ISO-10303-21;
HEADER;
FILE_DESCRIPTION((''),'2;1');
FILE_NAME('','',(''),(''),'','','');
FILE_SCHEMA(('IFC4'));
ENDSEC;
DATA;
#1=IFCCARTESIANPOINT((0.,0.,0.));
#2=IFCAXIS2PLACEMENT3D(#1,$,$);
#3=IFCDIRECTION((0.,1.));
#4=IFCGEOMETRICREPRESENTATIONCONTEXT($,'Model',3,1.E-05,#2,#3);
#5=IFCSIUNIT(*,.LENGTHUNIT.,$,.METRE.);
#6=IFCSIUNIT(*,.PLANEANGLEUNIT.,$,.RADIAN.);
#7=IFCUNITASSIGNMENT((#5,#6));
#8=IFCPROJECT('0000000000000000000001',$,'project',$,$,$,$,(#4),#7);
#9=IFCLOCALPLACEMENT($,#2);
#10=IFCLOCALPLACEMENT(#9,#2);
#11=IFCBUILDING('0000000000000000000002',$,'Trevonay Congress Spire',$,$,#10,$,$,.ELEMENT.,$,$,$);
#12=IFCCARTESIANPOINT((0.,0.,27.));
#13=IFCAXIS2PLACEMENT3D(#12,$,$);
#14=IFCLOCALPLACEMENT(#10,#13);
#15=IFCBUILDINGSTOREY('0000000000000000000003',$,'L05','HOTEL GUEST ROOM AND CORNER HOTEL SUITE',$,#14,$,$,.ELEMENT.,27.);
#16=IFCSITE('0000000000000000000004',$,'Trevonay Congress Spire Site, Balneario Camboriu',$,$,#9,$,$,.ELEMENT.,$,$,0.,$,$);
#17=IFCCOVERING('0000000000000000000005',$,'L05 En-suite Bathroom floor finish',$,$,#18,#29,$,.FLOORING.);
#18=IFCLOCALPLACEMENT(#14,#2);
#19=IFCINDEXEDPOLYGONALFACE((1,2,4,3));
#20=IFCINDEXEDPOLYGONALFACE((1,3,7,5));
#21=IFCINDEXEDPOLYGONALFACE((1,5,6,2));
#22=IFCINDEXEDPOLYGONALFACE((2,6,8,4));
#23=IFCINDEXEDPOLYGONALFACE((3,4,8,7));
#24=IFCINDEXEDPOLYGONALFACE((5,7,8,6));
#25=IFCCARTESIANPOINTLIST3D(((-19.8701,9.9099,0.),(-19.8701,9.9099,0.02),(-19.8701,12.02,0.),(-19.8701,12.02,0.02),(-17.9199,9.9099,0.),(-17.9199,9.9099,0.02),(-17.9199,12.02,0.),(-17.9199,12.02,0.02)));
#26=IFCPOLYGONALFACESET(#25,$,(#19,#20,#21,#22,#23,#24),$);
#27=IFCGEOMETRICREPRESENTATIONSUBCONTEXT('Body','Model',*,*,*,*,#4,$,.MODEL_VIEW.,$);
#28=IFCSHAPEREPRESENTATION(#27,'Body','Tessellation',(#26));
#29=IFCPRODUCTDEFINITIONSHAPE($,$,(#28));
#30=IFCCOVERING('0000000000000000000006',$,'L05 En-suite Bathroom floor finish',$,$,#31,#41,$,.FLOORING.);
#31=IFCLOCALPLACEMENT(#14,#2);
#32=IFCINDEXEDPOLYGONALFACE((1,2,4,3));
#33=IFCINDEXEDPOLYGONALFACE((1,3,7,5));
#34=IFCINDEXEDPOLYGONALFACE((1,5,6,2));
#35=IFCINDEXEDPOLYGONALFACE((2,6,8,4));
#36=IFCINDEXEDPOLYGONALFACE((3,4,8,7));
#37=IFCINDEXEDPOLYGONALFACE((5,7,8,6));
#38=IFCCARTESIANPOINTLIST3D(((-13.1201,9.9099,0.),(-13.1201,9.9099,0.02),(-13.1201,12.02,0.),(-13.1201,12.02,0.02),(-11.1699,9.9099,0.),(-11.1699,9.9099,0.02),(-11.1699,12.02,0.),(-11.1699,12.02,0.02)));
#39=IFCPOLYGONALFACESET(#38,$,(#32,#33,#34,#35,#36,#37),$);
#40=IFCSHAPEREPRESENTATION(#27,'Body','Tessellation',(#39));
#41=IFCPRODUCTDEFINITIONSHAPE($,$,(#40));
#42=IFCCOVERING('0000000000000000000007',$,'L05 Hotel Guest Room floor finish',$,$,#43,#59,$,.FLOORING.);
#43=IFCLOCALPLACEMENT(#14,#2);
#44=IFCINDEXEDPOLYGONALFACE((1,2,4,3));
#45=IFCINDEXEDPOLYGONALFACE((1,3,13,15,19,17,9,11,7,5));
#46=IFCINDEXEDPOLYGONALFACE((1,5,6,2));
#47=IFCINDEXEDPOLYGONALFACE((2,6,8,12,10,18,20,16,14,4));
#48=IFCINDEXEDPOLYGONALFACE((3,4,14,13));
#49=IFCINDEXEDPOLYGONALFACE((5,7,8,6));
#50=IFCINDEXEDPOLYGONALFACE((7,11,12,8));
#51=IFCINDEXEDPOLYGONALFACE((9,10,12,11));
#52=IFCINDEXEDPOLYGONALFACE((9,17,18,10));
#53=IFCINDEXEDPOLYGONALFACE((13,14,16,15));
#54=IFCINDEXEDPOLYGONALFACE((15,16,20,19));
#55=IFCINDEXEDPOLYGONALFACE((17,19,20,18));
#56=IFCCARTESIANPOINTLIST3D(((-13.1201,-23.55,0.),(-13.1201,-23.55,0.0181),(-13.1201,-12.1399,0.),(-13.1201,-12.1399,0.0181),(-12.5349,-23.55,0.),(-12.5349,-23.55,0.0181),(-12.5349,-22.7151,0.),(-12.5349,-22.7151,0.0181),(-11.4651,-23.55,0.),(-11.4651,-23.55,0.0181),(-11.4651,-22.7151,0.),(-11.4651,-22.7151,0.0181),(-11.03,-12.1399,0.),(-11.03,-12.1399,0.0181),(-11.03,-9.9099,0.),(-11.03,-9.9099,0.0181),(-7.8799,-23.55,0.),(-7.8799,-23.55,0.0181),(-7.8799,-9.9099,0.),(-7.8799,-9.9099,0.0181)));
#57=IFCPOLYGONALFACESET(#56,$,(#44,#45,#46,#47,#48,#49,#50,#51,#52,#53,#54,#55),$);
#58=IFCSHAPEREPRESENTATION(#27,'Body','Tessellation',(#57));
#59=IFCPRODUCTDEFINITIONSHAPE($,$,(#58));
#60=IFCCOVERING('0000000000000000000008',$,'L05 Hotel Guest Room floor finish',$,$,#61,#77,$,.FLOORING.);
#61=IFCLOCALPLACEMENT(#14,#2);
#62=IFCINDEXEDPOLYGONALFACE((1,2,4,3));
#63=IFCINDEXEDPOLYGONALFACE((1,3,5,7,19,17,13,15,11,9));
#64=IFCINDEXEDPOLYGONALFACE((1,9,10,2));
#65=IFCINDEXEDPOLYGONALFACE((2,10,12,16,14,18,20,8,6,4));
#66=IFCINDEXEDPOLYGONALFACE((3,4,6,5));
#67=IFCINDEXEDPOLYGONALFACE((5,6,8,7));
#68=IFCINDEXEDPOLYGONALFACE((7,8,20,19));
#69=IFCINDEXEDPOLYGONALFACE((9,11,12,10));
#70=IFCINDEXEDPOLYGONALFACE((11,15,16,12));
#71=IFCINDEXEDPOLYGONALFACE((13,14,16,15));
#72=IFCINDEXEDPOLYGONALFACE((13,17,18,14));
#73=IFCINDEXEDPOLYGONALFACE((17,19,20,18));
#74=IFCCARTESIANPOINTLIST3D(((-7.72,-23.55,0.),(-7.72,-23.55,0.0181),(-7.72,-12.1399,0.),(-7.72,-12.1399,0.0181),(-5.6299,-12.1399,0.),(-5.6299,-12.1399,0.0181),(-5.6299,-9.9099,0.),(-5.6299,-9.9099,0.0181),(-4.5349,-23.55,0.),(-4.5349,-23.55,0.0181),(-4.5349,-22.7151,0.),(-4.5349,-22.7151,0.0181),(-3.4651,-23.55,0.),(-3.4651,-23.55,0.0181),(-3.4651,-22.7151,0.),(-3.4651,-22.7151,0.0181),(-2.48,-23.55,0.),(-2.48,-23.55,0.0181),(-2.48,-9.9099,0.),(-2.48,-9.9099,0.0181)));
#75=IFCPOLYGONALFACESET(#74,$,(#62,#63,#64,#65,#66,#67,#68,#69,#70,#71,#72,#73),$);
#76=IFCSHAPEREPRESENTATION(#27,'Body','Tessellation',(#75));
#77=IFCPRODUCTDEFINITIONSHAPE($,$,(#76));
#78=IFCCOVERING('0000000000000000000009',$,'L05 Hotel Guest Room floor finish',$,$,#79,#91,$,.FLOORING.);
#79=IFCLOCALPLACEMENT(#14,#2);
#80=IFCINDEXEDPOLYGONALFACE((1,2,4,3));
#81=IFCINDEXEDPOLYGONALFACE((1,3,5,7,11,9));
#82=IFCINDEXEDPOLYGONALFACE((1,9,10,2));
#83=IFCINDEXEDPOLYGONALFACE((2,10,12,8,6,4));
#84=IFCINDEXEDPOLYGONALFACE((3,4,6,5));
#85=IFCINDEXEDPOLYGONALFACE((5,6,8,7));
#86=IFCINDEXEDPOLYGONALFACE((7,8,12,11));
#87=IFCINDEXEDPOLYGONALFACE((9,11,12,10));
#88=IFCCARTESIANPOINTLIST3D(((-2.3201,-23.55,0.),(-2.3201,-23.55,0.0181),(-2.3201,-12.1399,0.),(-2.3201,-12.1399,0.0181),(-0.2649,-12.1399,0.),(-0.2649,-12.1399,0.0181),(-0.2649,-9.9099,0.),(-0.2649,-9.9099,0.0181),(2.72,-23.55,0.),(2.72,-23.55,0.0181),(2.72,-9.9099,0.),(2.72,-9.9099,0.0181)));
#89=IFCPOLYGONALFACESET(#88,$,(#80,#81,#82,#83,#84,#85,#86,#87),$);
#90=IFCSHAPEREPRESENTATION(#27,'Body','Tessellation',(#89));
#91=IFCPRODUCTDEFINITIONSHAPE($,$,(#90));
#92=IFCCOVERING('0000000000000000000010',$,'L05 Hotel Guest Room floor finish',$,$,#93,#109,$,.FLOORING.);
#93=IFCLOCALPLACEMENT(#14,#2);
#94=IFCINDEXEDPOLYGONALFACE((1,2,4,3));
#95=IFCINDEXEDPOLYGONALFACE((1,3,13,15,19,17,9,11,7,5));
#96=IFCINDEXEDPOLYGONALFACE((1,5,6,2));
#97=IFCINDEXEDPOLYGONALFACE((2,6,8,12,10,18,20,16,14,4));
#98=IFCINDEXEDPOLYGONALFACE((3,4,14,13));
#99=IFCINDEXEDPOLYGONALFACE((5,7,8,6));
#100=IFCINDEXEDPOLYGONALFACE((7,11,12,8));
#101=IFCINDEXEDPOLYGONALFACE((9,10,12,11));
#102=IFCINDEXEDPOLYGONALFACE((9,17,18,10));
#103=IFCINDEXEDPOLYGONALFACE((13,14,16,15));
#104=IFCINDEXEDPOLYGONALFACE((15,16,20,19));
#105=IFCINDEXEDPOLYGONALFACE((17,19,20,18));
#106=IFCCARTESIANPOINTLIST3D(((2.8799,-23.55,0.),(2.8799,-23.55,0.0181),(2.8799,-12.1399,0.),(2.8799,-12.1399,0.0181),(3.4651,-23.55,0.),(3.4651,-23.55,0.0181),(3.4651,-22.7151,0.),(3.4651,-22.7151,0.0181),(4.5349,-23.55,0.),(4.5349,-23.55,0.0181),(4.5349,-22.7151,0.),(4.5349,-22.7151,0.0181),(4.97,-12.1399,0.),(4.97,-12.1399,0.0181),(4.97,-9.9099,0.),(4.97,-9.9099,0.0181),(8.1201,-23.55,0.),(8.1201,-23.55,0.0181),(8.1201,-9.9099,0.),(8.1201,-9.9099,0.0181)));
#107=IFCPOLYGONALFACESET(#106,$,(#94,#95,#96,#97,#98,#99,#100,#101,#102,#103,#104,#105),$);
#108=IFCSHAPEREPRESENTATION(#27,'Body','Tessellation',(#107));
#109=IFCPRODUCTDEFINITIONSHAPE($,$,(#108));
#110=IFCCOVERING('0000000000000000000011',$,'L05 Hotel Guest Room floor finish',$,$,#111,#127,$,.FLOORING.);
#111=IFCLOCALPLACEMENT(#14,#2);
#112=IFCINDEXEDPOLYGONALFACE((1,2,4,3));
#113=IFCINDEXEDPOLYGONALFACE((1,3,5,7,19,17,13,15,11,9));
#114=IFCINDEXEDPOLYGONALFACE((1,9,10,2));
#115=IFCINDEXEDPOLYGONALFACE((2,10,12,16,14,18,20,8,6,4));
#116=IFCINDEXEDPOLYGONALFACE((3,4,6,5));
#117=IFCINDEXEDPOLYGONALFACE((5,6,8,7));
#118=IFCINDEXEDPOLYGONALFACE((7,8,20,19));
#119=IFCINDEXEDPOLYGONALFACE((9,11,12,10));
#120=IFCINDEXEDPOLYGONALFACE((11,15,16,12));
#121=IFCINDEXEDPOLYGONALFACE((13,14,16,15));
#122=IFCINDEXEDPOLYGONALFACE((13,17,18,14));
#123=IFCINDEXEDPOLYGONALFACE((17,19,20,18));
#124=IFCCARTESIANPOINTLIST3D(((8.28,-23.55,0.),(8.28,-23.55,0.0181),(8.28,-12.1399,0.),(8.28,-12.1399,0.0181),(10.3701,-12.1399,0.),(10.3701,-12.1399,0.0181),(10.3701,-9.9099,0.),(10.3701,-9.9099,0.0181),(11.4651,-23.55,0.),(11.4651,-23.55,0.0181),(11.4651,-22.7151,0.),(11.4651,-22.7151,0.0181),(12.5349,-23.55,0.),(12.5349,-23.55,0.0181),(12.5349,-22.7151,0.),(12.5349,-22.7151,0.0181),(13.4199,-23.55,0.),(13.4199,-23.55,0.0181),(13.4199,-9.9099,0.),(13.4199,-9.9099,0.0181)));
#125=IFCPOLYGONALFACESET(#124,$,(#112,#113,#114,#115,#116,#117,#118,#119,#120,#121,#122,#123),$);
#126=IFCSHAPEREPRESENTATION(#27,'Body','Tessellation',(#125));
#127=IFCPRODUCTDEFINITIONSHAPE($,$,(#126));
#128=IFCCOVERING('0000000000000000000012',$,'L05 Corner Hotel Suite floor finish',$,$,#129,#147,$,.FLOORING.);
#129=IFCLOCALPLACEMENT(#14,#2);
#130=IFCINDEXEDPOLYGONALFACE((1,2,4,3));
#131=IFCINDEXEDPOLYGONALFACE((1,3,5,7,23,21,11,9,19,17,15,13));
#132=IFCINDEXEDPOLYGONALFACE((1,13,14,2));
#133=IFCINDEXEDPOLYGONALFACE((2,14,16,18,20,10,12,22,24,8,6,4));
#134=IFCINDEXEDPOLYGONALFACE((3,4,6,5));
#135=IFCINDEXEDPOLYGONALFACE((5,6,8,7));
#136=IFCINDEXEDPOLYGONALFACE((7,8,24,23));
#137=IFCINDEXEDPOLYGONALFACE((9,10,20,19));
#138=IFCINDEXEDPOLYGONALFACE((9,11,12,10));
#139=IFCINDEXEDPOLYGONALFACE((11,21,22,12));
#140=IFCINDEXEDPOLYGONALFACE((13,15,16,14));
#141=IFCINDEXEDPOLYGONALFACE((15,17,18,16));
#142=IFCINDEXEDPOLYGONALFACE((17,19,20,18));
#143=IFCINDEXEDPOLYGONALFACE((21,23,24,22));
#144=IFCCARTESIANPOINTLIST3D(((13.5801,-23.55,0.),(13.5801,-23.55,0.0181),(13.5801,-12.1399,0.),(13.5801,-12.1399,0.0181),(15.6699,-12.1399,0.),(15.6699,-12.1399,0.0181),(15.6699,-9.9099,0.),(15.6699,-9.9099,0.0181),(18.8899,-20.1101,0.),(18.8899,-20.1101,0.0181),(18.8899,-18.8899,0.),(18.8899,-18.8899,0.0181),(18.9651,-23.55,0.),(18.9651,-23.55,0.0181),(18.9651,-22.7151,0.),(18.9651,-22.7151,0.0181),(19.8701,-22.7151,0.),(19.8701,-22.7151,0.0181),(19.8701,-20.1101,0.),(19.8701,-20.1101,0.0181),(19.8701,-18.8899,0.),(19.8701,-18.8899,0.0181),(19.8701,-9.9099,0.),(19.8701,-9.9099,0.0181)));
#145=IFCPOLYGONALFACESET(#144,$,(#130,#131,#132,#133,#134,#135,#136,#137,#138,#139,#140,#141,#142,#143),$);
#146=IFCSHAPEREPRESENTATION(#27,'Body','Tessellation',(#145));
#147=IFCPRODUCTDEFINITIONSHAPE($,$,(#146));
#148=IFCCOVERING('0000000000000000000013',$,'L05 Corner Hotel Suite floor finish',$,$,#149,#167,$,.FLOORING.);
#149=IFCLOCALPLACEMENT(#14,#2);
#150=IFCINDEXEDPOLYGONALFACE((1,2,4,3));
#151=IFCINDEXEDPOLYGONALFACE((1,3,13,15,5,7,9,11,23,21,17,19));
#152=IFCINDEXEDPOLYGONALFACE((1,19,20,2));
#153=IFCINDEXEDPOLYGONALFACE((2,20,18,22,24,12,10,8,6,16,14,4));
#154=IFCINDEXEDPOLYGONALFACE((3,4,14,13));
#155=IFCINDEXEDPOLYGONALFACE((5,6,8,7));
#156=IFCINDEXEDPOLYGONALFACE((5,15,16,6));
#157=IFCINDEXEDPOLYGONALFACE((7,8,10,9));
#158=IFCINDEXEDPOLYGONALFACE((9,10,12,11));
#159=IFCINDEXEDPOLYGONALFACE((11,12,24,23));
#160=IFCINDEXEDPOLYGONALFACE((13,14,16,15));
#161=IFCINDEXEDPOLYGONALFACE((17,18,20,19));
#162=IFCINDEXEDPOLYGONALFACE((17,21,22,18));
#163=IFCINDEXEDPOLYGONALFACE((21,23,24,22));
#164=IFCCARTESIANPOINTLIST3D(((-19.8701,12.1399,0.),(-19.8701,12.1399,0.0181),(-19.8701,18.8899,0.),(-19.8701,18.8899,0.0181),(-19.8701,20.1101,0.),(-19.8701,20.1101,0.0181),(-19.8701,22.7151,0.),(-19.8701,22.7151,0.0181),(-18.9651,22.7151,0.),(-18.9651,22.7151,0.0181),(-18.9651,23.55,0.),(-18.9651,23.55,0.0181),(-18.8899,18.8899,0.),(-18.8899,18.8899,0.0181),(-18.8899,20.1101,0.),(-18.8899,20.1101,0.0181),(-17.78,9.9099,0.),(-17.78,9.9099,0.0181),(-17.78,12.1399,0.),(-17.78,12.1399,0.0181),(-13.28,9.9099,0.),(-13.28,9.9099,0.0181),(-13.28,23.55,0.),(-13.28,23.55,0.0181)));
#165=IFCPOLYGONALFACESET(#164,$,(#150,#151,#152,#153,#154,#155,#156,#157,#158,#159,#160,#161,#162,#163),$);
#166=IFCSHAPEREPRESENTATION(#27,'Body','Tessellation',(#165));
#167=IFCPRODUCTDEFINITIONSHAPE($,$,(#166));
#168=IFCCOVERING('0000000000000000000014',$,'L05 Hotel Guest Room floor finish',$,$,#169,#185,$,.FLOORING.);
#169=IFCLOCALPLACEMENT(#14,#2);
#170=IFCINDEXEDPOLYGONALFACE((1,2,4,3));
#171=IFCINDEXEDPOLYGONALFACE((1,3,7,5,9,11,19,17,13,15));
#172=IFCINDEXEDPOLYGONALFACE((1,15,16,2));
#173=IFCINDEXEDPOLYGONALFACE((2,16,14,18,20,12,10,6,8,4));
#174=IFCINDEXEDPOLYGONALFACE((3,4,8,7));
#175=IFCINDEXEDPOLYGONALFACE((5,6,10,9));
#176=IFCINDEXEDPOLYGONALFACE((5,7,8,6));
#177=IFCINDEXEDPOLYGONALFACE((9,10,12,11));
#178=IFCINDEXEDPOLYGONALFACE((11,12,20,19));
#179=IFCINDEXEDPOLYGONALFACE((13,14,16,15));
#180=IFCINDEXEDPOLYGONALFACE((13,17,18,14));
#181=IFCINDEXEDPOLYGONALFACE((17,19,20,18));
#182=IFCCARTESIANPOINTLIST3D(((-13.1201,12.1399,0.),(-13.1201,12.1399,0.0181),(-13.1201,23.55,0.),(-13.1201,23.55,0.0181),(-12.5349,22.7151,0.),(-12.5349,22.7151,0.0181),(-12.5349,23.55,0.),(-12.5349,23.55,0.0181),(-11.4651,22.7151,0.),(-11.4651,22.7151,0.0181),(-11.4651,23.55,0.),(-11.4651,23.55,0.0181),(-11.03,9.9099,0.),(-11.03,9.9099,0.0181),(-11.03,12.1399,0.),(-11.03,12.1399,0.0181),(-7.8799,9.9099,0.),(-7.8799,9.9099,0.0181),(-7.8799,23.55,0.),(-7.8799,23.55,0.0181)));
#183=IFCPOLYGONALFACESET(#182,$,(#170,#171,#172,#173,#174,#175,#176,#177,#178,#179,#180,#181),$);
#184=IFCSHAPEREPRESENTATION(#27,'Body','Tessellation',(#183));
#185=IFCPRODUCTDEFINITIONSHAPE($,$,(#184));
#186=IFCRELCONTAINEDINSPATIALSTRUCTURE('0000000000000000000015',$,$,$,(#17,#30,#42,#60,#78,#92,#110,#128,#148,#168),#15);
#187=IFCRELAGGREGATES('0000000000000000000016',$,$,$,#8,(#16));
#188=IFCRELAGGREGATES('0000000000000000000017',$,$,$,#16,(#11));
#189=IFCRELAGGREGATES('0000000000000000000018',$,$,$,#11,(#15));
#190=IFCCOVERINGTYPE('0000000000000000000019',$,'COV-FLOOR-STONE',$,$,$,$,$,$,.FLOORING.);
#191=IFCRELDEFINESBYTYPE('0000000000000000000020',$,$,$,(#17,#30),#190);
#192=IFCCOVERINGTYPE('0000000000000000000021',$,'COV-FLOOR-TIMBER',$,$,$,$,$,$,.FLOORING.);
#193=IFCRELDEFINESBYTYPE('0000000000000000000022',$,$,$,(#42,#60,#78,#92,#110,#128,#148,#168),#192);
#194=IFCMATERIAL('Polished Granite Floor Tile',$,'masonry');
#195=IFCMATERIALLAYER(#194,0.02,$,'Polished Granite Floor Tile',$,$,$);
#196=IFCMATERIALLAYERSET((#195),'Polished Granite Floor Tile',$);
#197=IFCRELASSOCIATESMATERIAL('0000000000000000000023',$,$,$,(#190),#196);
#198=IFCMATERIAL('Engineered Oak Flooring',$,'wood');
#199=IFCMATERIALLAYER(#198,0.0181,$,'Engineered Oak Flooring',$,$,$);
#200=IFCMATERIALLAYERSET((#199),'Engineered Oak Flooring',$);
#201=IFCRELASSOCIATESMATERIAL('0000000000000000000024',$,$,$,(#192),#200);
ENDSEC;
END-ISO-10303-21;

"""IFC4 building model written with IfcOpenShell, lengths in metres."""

from ifc_helpers import new_model, si_unit, direction, frame, origin, place, context, subcontext, project, spatial, polyline, outline, extrude, material, layer, layer_set, type_object, element, save


model = new_model("IFC4")

# Units and contexts
model_context = context("Model", 3, precision=1e-05, world=origin(), true_north=direction((0.0, 1.0)))
body_context = subcontext(model_context, "Body", "Model", "MODEL_VIEW")
ifc_project = project(units=[si_unit("LENGTHUNIT", "METRE"), si_unit("PLANEANGLEUNIT", "RADIAN")], contexts=[model_context])

# Site, building, storey
site_placement = place(None, origin())
site = spatial("IfcSite", under=ifc_project, at=site_placement, Name="Trevonay Congress Spire Site, Balneario Camboriu", CompositionType="ELEMENT", RefElevation=0.0)
building_placement = place(site_placement, origin())
building = spatial("IfcBuilding", under=site, at=building_placement, Name="Trevonay Congress Spire", CompositionType="ELEMENT")
storey_placement = place(building_placement, frame((0.0, 0.0, 27.0)))
storey = spatial("IfcBuildingStorey", under=building, at=storey_placement, Name="L05", Description="HOTEL GUEST ROOM AND CORNER HOTEL SUITE", CompositionType="ELEMENT", Elevation=27.0)

# Coverings
ifc_material_1 = material(Name="Polished Granite Floor Tile", Category="masonry")
ifc_layer_1 = layer(ifc_material_1, 0.02, Name="Polished Granite Floor Tile")
ifc_layer_set_1 = layer_set([ifc_layer_1], Name="Polished Granite Floor Tile")
covering_type_1 = type_object("IfcCoveringType", Name="COV-FLOOR-STONE", PredefinedType="FLOORING", material=ifc_layer_set_1)
covering_1_placement = place(storey_placement, origin())
element("IfcCovering", 1, at=covering_1_placement, inside=storey, type_object=covering_type_1, Name="L05 En-suite Bathroom floor finish", PredefinedType="FLOORING", context=body_context, shape_type="SweptSolid", body=[
    extrude(outline(polyline([(-19.8701, 9.9099), (-17.9199, 9.9099), (-17.9199, 12.02), (-19.8701, 12.02), (-19.8701, 9.9099)])), origin(), (0.0, 0.0, 1.0), 0.02),
])
covering_2_placement = place(storey_placement, origin())
element("IfcCovering", 2, at=covering_2_placement, inside=storey, type_object=covering_type_1, Name="L05 En-suite Bathroom floor finish", PredefinedType="FLOORING", context=body_context, shape_type="SweptSolid", body=[
    extrude(outline(polyline([(-13.1201, 9.9099), (-11.1699, 9.9099), (-11.1699, 12.02), (-13.1201, 12.02), (-13.1201, 9.9099)])), origin(), (0.0, 0.0, 1.0), 0.02),
])
ifc_material_2 = material(Name="Engineered Oak Flooring", Category="wood")
ifc_layer_2 = layer(ifc_material_2, 0.0181, Name="Engineered Oak Flooring")
ifc_layer_set_2 = layer_set([ifc_layer_2], Name="Engineered Oak Flooring")
covering_type_2 = type_object("IfcCoveringType", Name="COV-FLOOR-TIMBER", PredefinedType="FLOORING", material=ifc_layer_set_2)
covering_3_placement = place(storey_placement, origin())
element("IfcCovering", 3, at=covering_3_placement, inside=storey, type_object=covering_type_2, Name="L05 Hotel Guest Room floor finish", PredefinedType="FLOORING", context=body_context, shape_type="SweptSolid", body=[
    extrude(outline(polyline([(-13.1201, -23.55), (-13.1201, -12.1399), (-11.03, -12.1399), (-11.03, -9.9099), (-7.8799, -9.9099), (-7.8799, -23.55), (-11.4651, -23.55), (-11.4651, -22.7151), (-12.5349, -22.7151), (-12.5349, -23.55), (-13.1201, -23.55)])), origin(), (0.0, 0.0, 1.0), 0.0181),
])
covering_4_placement = place(storey_placement, origin())
element("IfcCovering", 4, at=covering_4_placement, inside=storey, type_object=covering_type_2, Name="L05 Hotel Guest Room floor finish", PredefinedType="FLOORING", context=body_context, shape_type="SweptSolid", body=[
    extrude(outline(polyline([(-7.72, -23.55), (-7.72, -12.1399), (-5.6299, -12.1399), (-5.6299, -9.9099), (-2.48, -9.9099), (-2.48, -23.55), (-3.4651, -23.55), (-3.4651, -22.7151), (-4.5349, -22.7151), (-4.5349, -23.55), (-7.72, -23.55)])), origin(), (0.0, 0.0, 1.0), 0.0181),
])
covering_5_placement = place(storey_placement, origin())
element("IfcCovering", 5, at=covering_5_placement, inside=storey, type_object=covering_type_2, Name="L05 Hotel Guest Room floor finish", PredefinedType="FLOORING", context=body_context, shape_type="SweptSolid", body=[
    extrude(outline(polyline([(-2.3201, -23.55), (2.72, -23.55), (2.72, -9.9099), (-0.2649, -9.9099), (-0.2649, -12.1399), (-2.3201, -12.1399), (-2.3201, -23.55)])), origin(), (0.0, 0.0, 1.0), 0.0181),
])
covering_6_placement = place(storey_placement, origin())
element("IfcCovering", 6, at=covering_6_placement, inside=storey, type_object=covering_type_2, Name="L05 Hotel Guest Room floor finish", PredefinedType="FLOORING", context=body_context, shape_type="SweptSolid", body=[
    extrude(outline(polyline([(2.8799, -23.55), (2.8799, -12.1399), (4.97, -12.1399), (4.97, -9.9099), (8.1201, -9.9099), (8.1201, -23.55), (4.5349, -23.55), (4.5349, -22.7151), (3.4651, -22.7151), (3.4651, -23.55), (2.8799, -23.55)])), origin(), (0.0, 0.0, 1.0), 0.0181),
])
covering_7_placement = place(storey_placement, origin())
element("IfcCovering", 7, at=covering_7_placement, inside=storey, type_object=covering_type_2, Name="L05 Hotel Guest Room floor finish", PredefinedType="FLOORING", context=body_context, shape_type="SweptSolid", body=[
    extrude(outline(polyline([(8.28, -23.55), (8.28, -12.1399), (10.3701, -12.1399), (10.3701, -9.9099), (13.4199, -9.9099), (13.4199, -23.55), (12.5349, -23.55), (12.5349, -22.7151), (11.4651, -22.7151), (11.4651, -23.55), (8.28, -23.55)])), origin(), (0.0, 0.0, 1.0), 0.0181),
])
covering_8_placement = place(storey_placement, origin())
element("IfcCovering", 8, at=covering_8_placement, inside=storey, type_object=covering_type_2, Name="L05 Corner Hotel Suite floor finish", PredefinedType="FLOORING", context=body_context, shape_type="SweptSolid", body=[
    extrude(outline(polyline([(13.5801, -23.55), (13.5801, -12.1399), (15.6699, -12.1399), (15.6699, -9.9099), (19.8701, -9.9099), (19.8701, -18.8899), (18.8899, -18.8899), (18.8899, -20.1101), (19.8701, -20.1101), (19.8701, -22.7151), (18.9651, -22.7151), (18.9651, -23.55), (13.5801, -23.55)])), origin(), (0.0, 0.0, 1.0), 0.0181),
])
covering_9_placement = place(storey_placement, origin())
element("IfcCovering", 9, at=covering_9_placement, inside=storey, type_object=covering_type_2, Name="L05 Corner Hotel Suite floor finish", PredefinedType="FLOORING", context=body_context, shape_type="SweptSolid", body=[
    extrude(outline(polyline([(-13.28, 23.55), (-13.28, 9.9099), (-17.78, 9.9099), (-17.78, 12.1399), (-19.8701, 12.1399), (-19.8701, 18.8899), (-18.8899, 18.8899), (-18.8899, 20.1101), (-19.8701, 20.1101), (-19.8701, 22.7151), (-18.9651, 22.7151), (-18.9651, 23.55), (-13.28, 23.55)])), origin(), (0.0, 0.0, 1.0), 0.0181),
])
covering_10_placement = place(storey_placement, origin())
element("IfcCovering", 10, at=covering_10_placement, inside=storey, type_object=covering_type_2, Name="L05 Hotel Guest Room floor finish", PredefinedType="FLOORING", context=body_context, shape_type="SweptSolid", body=[
    extrude(outline(polyline([(-7.8799, 23.55), (-7.8799, 9.9099), (-11.03, 9.9099), (-11.03, 12.1399), (-13.1201, 12.1399), (-13.1201, 23.55), (-12.5349, 23.55), (-12.5349, 22.7151), (-11.4651, 22.7151), (-11.4651, 23.55), (-7.8799, 23.55)])), origin(), (0.0, 0.0, 1.0), 0.0181),
])

save(model, "model.ifc")
